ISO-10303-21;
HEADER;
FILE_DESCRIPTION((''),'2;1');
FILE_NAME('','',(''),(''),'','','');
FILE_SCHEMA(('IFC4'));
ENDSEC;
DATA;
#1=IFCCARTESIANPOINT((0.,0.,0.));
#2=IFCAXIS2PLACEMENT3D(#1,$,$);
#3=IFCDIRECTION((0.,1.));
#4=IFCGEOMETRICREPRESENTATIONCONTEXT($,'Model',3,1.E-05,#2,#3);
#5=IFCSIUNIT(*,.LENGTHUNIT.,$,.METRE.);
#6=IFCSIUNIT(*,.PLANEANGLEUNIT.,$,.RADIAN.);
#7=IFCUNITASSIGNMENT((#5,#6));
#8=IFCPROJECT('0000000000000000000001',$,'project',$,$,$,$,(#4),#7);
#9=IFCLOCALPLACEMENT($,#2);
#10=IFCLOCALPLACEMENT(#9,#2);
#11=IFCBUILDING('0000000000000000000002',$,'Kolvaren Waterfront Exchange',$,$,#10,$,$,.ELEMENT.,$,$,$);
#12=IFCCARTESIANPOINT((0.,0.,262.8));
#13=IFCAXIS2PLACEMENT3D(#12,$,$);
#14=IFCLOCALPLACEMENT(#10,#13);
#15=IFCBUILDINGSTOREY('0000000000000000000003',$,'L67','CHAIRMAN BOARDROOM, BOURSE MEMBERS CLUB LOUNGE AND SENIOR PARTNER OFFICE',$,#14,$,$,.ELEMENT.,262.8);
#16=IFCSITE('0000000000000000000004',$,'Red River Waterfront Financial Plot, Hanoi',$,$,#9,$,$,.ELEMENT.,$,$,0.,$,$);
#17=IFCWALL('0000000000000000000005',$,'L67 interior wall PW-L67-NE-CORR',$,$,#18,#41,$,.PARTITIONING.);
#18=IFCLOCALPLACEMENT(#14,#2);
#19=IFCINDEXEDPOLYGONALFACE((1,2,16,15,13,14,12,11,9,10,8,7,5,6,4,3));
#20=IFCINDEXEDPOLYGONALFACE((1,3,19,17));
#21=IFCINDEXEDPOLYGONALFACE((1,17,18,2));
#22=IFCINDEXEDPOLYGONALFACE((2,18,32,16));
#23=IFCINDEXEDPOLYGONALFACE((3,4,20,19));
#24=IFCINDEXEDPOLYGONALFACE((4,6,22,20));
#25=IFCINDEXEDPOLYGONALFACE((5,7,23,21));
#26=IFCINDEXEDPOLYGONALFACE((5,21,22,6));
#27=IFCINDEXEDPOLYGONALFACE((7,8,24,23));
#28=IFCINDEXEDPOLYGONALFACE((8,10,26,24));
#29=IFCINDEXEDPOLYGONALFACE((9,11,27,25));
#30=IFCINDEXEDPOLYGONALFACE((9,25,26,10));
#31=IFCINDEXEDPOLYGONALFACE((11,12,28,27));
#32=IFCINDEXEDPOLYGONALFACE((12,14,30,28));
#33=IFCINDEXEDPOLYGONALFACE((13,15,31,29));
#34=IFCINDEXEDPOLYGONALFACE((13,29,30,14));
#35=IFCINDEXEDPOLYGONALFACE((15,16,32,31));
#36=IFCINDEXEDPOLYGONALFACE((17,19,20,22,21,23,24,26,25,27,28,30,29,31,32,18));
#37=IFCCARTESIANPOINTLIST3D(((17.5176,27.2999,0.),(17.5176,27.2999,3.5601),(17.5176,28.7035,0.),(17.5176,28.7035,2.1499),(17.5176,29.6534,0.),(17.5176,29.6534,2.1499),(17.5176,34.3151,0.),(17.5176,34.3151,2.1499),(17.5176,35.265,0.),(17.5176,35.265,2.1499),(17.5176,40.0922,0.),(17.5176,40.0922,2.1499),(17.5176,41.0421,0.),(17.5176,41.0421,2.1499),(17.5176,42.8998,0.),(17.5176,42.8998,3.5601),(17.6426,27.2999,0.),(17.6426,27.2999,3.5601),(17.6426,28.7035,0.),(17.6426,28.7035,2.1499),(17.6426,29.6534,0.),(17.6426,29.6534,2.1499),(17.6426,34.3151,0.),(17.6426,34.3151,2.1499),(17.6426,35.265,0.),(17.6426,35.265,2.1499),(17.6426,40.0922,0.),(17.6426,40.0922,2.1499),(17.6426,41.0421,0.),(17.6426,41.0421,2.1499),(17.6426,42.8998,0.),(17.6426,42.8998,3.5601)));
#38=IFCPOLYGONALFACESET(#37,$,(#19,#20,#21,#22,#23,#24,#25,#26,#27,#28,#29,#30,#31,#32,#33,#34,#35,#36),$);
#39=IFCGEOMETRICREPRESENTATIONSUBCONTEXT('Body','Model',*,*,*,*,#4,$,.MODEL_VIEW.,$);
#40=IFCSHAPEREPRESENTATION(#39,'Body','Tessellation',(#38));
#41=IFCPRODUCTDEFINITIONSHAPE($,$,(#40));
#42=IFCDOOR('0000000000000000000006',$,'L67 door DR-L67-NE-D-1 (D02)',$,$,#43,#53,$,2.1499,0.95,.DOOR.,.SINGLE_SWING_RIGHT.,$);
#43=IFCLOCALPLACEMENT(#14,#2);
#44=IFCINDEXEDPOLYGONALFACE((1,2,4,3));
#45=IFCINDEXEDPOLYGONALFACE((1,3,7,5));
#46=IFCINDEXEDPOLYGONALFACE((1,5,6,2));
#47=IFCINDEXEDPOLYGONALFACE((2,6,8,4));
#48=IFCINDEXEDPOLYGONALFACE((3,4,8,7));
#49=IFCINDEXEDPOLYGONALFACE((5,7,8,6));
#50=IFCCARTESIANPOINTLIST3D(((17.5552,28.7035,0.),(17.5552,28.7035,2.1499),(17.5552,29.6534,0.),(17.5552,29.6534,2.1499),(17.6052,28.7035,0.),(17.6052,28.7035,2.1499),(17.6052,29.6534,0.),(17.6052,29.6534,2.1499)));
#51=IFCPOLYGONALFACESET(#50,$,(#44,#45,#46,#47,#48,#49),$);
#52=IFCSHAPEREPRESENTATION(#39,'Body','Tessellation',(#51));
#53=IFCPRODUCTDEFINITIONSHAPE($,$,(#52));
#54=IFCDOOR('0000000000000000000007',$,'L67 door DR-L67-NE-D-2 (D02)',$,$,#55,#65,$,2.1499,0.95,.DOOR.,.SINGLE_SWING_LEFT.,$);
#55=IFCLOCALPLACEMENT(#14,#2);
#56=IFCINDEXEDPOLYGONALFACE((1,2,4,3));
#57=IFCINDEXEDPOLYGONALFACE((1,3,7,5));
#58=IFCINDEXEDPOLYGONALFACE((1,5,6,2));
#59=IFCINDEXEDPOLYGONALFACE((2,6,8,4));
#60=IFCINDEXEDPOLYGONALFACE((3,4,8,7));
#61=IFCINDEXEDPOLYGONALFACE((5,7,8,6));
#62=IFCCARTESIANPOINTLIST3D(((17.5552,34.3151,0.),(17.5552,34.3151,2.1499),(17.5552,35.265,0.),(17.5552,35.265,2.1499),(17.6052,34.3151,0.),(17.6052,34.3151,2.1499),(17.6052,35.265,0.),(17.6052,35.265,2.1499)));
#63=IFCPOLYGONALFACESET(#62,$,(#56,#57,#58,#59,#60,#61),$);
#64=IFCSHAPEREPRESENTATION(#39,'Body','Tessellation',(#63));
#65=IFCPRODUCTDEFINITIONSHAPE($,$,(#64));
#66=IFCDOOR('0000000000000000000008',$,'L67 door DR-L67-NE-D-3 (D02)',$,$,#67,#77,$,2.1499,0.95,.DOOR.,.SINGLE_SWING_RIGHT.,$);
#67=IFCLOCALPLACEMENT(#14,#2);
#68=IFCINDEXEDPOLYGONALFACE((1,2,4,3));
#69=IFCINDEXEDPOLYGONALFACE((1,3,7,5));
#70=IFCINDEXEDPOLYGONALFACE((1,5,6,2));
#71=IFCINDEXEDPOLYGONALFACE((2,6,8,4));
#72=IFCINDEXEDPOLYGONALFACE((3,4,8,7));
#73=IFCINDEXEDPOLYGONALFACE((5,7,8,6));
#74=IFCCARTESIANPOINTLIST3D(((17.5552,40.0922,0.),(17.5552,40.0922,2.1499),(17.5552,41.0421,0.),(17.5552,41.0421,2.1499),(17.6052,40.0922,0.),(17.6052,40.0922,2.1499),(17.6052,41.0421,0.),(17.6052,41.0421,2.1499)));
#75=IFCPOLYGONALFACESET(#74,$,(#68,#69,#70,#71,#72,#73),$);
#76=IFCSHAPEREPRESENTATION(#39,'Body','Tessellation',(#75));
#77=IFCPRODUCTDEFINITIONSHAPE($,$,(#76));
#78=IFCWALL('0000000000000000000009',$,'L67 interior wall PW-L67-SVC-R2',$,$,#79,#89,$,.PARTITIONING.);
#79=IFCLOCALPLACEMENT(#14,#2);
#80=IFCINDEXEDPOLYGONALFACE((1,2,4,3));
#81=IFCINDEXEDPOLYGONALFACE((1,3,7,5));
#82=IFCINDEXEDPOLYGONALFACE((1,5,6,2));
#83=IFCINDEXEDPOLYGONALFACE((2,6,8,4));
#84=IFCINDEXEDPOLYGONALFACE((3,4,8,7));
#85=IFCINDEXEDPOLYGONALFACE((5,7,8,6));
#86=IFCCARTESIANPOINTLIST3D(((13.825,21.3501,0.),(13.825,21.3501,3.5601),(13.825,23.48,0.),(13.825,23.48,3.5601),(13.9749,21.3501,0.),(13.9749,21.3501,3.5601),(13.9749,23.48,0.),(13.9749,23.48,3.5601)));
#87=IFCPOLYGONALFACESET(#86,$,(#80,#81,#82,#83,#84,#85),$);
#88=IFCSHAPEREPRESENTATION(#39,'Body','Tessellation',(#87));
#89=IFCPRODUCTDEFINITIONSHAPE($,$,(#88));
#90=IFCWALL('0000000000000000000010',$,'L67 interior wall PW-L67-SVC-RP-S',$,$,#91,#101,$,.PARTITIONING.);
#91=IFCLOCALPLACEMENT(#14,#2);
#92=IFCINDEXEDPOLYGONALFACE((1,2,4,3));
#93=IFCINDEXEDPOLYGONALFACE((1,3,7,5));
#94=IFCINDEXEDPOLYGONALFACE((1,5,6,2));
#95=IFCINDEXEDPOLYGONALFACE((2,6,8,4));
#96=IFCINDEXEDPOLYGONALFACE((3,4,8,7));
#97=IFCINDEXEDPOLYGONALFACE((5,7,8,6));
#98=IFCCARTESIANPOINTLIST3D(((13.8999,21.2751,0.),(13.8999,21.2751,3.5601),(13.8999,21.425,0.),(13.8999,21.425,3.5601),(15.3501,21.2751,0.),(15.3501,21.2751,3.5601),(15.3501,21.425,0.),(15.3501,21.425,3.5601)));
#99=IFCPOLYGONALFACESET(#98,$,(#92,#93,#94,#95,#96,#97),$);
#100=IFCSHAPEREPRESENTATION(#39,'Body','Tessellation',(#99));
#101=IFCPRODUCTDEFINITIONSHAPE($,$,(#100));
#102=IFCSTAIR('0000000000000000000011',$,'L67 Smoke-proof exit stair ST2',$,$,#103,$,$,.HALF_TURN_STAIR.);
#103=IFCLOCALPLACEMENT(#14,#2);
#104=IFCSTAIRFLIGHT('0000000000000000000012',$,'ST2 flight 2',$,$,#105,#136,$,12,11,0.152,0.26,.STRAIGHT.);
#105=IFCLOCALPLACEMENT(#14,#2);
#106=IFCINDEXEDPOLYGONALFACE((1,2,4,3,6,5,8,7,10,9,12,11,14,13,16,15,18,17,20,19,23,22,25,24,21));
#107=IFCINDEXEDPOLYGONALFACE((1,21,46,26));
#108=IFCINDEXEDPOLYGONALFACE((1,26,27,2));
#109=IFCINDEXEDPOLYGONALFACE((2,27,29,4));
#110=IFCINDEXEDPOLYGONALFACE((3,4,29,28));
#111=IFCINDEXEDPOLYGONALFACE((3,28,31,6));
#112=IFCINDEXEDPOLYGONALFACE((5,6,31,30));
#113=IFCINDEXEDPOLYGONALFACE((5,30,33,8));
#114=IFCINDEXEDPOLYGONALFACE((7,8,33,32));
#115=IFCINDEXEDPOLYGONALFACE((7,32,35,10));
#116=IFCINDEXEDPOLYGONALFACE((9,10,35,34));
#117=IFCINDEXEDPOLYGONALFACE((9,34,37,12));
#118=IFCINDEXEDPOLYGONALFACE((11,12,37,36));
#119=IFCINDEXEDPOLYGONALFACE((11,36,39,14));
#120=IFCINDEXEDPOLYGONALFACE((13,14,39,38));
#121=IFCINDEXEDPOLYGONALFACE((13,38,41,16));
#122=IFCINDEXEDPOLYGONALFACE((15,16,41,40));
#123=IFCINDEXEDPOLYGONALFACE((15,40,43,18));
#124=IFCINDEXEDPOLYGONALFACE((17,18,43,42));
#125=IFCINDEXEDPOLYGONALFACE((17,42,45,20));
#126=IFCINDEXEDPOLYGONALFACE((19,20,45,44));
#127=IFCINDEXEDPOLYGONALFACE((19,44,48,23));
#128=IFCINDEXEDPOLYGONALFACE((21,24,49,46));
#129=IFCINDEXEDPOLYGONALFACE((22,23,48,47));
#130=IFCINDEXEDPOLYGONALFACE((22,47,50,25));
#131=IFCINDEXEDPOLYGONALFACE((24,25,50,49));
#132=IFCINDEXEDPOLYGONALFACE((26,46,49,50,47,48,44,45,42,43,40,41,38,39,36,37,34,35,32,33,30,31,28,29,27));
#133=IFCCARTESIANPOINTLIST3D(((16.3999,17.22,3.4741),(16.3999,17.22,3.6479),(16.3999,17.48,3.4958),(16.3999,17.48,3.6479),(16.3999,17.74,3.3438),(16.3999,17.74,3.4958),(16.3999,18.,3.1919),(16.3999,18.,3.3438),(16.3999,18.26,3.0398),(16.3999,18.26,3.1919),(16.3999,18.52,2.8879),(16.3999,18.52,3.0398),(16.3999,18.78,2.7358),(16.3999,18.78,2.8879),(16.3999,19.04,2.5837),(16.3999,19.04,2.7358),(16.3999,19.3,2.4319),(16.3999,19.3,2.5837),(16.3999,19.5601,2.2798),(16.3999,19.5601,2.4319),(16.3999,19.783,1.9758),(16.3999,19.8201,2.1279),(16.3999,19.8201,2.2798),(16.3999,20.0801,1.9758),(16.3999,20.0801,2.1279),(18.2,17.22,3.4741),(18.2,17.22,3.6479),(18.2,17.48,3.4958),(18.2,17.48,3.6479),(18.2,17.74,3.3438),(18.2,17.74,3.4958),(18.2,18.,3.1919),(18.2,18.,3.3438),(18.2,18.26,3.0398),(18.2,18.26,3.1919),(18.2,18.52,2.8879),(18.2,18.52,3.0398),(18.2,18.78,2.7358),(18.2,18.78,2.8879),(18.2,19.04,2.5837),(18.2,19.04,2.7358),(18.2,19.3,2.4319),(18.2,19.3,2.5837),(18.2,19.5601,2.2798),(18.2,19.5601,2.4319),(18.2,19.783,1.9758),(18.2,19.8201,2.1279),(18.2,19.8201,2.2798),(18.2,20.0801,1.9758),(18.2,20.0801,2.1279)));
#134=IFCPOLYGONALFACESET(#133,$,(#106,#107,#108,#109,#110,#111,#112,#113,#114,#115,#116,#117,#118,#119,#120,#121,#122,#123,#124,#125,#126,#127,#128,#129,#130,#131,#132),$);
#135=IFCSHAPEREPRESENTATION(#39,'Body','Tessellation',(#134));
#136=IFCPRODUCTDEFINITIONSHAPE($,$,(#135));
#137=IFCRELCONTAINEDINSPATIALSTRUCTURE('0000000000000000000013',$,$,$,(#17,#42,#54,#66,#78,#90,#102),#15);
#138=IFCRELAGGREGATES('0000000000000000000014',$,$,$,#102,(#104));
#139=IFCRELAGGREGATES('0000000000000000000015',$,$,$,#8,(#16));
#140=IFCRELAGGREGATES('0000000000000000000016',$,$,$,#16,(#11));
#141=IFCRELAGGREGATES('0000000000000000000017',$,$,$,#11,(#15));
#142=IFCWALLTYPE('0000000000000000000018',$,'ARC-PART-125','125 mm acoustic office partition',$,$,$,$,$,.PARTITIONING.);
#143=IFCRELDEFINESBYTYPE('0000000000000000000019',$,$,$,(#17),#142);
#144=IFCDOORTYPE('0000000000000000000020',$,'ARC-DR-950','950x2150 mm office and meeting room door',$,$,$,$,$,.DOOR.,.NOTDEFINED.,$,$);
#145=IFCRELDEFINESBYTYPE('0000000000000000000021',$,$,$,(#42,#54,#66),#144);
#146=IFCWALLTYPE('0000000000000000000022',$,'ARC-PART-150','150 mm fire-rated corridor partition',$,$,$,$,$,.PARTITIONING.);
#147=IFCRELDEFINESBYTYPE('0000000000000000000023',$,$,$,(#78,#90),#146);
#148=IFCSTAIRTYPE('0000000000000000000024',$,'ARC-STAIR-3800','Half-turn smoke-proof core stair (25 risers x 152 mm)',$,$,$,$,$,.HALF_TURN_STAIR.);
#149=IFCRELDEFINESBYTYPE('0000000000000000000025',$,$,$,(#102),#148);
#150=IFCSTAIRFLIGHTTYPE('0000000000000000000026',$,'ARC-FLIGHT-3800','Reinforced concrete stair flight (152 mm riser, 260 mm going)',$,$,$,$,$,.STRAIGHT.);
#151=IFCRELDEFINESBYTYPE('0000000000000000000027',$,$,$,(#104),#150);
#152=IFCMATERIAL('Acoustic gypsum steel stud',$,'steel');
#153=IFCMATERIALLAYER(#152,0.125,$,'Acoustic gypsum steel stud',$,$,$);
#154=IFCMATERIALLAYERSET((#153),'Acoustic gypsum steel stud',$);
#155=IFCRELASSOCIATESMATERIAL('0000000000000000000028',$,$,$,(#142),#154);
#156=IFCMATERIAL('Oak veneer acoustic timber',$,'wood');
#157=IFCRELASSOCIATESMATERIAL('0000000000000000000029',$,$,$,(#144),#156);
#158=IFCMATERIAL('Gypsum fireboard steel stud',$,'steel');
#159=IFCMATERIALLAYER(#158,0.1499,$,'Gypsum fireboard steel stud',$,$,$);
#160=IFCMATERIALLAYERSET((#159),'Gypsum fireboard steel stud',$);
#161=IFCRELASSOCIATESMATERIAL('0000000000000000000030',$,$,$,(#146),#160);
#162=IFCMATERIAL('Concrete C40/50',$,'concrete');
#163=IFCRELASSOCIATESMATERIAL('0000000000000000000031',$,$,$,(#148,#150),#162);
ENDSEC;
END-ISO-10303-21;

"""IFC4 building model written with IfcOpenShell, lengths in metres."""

from ifc_helpers import new_model, si_unit, direction, frame, frame_2d, origin, place, context, subcontext, project, spatial, polyline, rectangle, outline, extrude, material, layer, layer_set, type_object, element, fill, aggregate, save


model = new_model("IFC4")

# Units and contexts
model_context = context("Model", 3, precision=1e-05, world=origin(), true_north=direction((0.0, 1.0)))
body_context = subcontext(model_context, "Body", "Model", "MODEL_VIEW")
ifc_project = project(units=[si_unit("LENGTHUNIT", "METRE"), si_unit("PLANEANGLEUNIT", "RADIAN")], contexts=[model_context])

# Site, building, storey
site_placement = place(None, origin())
site = spatial("IfcSite", under=ifc_project, at=site_placement, Name="Red River Waterfront Financial Plot, Hanoi", CompositionType="ELEMENT", RefElevation=0.0)
building_placement = place(site_placement, origin())
building = spatial("IfcBuilding", under=site, at=building_placement, Name="Kolvaren Waterfront Exchange", CompositionType="ELEMENT")
storey_placement = place(building_placement, frame((0.0, 0.0, 262.8)))
storey = spatial("IfcBuildingStorey", under=building, at=storey_placement, Name="L67", Description="CHAIRMAN BOARDROOM, BOURSE MEMBERS CLUB LOUNGE AND SENIOR PARTNER OFFICE", CompositionType="ELEMENT", Elevation=262.8)

# Shared definitions
ifc_material_1 = material(Name="Acoustic gypsum steel stud", Category="steel")
ifc_layer_1 = layer(ifc_material_1, 0.125, Name="Acoustic gypsum steel stud")
ifc_layer_set_1 = layer_set([ifc_layer_1], Name="Acoustic gypsum steel stud")
wall_type_1 = type_object("IfcWallType", Name="ARC-PART-125", Description="125 mm acoustic office partition", PredefinedType="PARTITIONING", material=ifc_layer_set_1)

# Shared definitions
ifc_material_2 = material(Name="Oak veneer acoustic timber", Category="wood")
door_type_1 = type_object("IfcDoorType", Name="ARC-DR-950", Description="950x2150 mm office and meeting room door", OperationType="NOTDEFINED", PredefinedType="DOOR", material=ifc_material_2)

# Wall, openings, doors
wall_1_placement = place(storey_placement, frame((17.5801, 27.3, 0.0), z_axis=(0.0, 0.0, 1.0), x_axis=(0.0, 1.0, 0.0)))
wall_1 = element("IfcWall", 1, at=wall_1_placement, inside=storey, type_object=wall_type_1, Name="L67 interior wall PW-L67-NE-CORR", PredefinedType="PARTITIONING", context=body_context, shape_type="SweptSolid", body=[
    extrude(rectangle(XDim=15.5999, YDim=0.125, at=frame_2d((7.7998, 0.0))), origin(), (0.0, 0.0, 1.0), 3.5601),
])
opening_1_placement = place(wall_1_placement, frame((1.4033, 0.0, 0.0)))
opening_1 = element("IfcOpeningElement", 2, at=opening_1_placement, cuts=wall_1, PredefinedType="OPENING", context=body_context, shape_type="SweptSolid", body=[
    extrude(rectangle(XDim=0.95, YDim=2.1499, at=frame_2d((0.4751, 1.075))), frame((0.0, 0.0725, 0.0), z_axis=(0.0, -1.0, 0.0), x_axis=(1.0, 0.0, 0.0)), (0.0, 0.0, 1.0), 0.145),
])
opening_2_placement = place(wall_1_placement, frame((7.0149, 0.0, 0.0)))
opening_2 = element("IfcOpeningElement", 3, at=opening_2_placement, cuts=wall_1, PredefinedType="OPENING", context=body_context, shape_type="SweptSolid", body=[
    extrude(rectangle(XDim=0.95, YDim=2.1499, at=frame_2d((0.4751, 1.075))), frame((0.0, 0.0725, 0.0), z_axis=(0.0, -1.0, 0.0), x_axis=(1.0, 0.0, 0.0)), (0.0, 0.0, 1.0), 0.145),
])
opening_3_placement = place(wall_1_placement, frame((12.792, 0.0, 0.0)))
opening_3 = element("IfcOpeningElement", 4, at=opening_3_placement, cuts=wall_1, PredefinedType="OPENING", context=body_context, shape_type="SweptSolid", body=[
    extrude(rectangle(XDim=0.95, YDim=2.1499, at=frame_2d((0.4751, 1.075))), frame((0.0, 0.0725, 0.0), z_axis=(0.0, -1.0, 0.0), x_axis=(1.0, 0.0, 0.0)), (0.0, 0.0, 1.0), 0.145),
])
door_1_placement = place(opening_1_placement, origin())
door_1 = element("IfcDoor", 5, at=door_1_placement, inside=storey, type_object=door_type_1, Name="L67 door DR-L67-NE-D-1 (D02)", OperationType="SINGLE_SWING_RIGHT", OverallHeight=2.1499, OverallWidth=0.95, PredefinedType="DOOR", context=body_context, shape_type="SweptSolid", body=[
    extrude(rectangle(XDim=0.95, YDim=2.1499, at=frame_2d((0.4751, 1.075))), frame((0.0, 0.0249, 0.0), z_axis=(0.0, -1.0, 0.0), x_axis=(1.0, 0.0, 0.0)), (0.0, 0.0, 1.0), 0.05),
])
fill(opening_1, door_1)
door_2_placement = place(opening_2_placement, origin())
door_2 = element("IfcDoor", 6, at=door_2_placement, inside=storey, type_object=door_type_1, Name="L67 door DR-L67-NE-D-2 (D02)", OperationType="SINGLE_SWING_LEFT", OverallHeight=2.1499, OverallWidth=0.95, PredefinedType="DOOR", context=body_context, shape_type="SweptSolid", body=[
    extrude(rectangle(XDim=0.95, YDim=2.1499, at=frame_2d((0.4751, 1.075))), frame((0.0, 0.0249, 0.0), z_axis=(0.0, -1.0, 0.0), x_axis=(1.0, 0.0, 0.0)), (0.0, 0.0, 1.0), 0.05),
])
fill(opening_2, door_2)
door_3_placement = place(opening_3_placement, origin())
door_3 = element("IfcDoor", 7, at=door_3_placement, inside=storey, type_object=door_type_1, Name="L67 door DR-L67-NE-D-3 (D02)", OperationType="SINGLE_SWING_RIGHT", OverallHeight=2.1499, OverallWidth=0.95, PredefinedType="DOOR", context=body_context, shape_type="SweptSolid", body=[
    extrude(rectangle(XDim=0.95, YDim=2.1499, at=frame_2d((0.4751, 1.075))), frame((0.0, 0.0249, 0.0), z_axis=(0.0, -1.0, 0.0), x_axis=(1.0, 0.0, 0.0)), (0.0, 0.0, 1.0), 0.05),
])
fill(opening_3, door_3)

# Walls
ifc_material_3 = material(Name="Gypsum fireboard steel stud", Category="steel")
ifc_layer_2 = layer(ifc_material_3, 0.1499, Name="Gypsum fireboard steel stud")
ifc_layer_set_2 = layer_set([ifc_layer_2], Name="Gypsum fireboard steel stud")
wall_type_2 = type_object("IfcWallType", Name="ARC-PART-150", Description="150 mm fire-rated corridor partition", PredefinedType="PARTITIONING", material=ifc_layer_set_2)
wall_2_placement = place(storey_placement, frame((13.8999, 21.3501, 0.0), z_axis=(0.0, 0.0, 1.0), x_axis=(0.0, 1.0, 0.0)))
element("IfcWall", 8, at=wall_2_placement, inside=storey, type_object=wall_type_2, Name="L67 interior wall PW-L67-SVC-R2", PredefinedType="PARTITIONING", context=body_context, shape_type="SweptSolid", body=[
    extrude(rectangle(XDim=2.1299, YDim=0.1499, at=frame_2d((1.0649, 0.0))), origin(), (0.0, 0.0, 1.0), 3.5601),
])
wall_3_placement = place(storey_placement, frame((13.8999, 21.3501, 0.0), z_axis=(0.0, 0.0, 1.0), x_axis=(1.0, 0.0, 0.0)))
element("IfcWall", 9, at=wall_3_placement, inside=storey, type_object=wall_type_2, Name="L67 interior wall PW-L67-SVC-RP-S", PredefinedType="PARTITIONING", context=body_context, shape_type="SweptSolid", body=[
    extrude(rectangle(XDim=1.4502, YDim=0.1499, at=frame_2d((0.7251, 0.0))), origin(), (0.0, 0.0, 1.0), 3.5601),
])

# Stair, stair flight
ifc_material_4 = material(Name="Concrete C40/50", Category="concrete")
stair_type = type_object("IfcStairType", Name="ARC-STAIR-3800", Description="Half-turn smoke-proof core stair (25 risers x 152 mm)", PredefinedType="HALF_TURN_STAIR", material=ifc_material_4)
stair_placement = place(storey_placement, origin())
stair = element("IfcStair", 10, at=stair_placement, inside=storey, type_object=stair_type, Name="L67 Smoke-proof exit stair ST2", PredefinedType="HALF_TURN_STAIR")
stair_flight_type = type_object("IfcStairFlightType", Name="ARC-FLIGHT-3800", Description="Reinforced concrete stair flight (152 mm riser, 260 mm going)", PredefinedType="STRAIGHT", material=ifc_material_4)
stair_flight_placement = place(storey_placement, frame((17.3, 20.0801, 1.9758), z_axis=(0.0, 0.0, 1.0), x_axis=(0.0, -1.0, 0.0)))
stair_flight = element("IfcStairFlight", 11, at=stair_flight_placement, type_object=stair_flight_type, Name="ST2 flight 2", NumberOfRisers=12, NumberOfTreads=11, PredefinedType="STRAIGHT", RiserHeight=0.152, TreadLength=0.26, context=body_context, shape_type="SweptSolid", body=[
    extrude(outline(polyline([(0.0, 0.0), (0.0, 0.1521), (0.26, 0.1521), (0.26, 0.304), (0.52, 0.304), (0.52, 0.4561), (0.78, 0.4561), (0.78, 0.6079), (1.04, 0.6079), (1.04, 0.76), (1.3, 0.76), (1.3, 0.9121), (1.5601, 0.9121), (1.5601, 1.064), (1.8201, 1.064), (1.8201, 1.2161), (2.0801, 1.2161), (2.0801, 1.3679), (2.3401, 1.3679), (2.3401, 1.52), (2.6001, 1.52), (2.6001, 1.6721), (2.8601, 1.6721), (2.8601, 1.824), (2.8601, 1.4983), (0.2971, 0.0), (0.0, 0.0)])), frame((0.0, 0.8999, 0.0), z_axis=(0.0, -1.0, 0.0), x_axis=(1.0, 0.0, 0.0)), (0.0, 0.0, 1.0), 1.8),
])
aggregate(stair, [stair_flight])

save(model, "model.ifc")
